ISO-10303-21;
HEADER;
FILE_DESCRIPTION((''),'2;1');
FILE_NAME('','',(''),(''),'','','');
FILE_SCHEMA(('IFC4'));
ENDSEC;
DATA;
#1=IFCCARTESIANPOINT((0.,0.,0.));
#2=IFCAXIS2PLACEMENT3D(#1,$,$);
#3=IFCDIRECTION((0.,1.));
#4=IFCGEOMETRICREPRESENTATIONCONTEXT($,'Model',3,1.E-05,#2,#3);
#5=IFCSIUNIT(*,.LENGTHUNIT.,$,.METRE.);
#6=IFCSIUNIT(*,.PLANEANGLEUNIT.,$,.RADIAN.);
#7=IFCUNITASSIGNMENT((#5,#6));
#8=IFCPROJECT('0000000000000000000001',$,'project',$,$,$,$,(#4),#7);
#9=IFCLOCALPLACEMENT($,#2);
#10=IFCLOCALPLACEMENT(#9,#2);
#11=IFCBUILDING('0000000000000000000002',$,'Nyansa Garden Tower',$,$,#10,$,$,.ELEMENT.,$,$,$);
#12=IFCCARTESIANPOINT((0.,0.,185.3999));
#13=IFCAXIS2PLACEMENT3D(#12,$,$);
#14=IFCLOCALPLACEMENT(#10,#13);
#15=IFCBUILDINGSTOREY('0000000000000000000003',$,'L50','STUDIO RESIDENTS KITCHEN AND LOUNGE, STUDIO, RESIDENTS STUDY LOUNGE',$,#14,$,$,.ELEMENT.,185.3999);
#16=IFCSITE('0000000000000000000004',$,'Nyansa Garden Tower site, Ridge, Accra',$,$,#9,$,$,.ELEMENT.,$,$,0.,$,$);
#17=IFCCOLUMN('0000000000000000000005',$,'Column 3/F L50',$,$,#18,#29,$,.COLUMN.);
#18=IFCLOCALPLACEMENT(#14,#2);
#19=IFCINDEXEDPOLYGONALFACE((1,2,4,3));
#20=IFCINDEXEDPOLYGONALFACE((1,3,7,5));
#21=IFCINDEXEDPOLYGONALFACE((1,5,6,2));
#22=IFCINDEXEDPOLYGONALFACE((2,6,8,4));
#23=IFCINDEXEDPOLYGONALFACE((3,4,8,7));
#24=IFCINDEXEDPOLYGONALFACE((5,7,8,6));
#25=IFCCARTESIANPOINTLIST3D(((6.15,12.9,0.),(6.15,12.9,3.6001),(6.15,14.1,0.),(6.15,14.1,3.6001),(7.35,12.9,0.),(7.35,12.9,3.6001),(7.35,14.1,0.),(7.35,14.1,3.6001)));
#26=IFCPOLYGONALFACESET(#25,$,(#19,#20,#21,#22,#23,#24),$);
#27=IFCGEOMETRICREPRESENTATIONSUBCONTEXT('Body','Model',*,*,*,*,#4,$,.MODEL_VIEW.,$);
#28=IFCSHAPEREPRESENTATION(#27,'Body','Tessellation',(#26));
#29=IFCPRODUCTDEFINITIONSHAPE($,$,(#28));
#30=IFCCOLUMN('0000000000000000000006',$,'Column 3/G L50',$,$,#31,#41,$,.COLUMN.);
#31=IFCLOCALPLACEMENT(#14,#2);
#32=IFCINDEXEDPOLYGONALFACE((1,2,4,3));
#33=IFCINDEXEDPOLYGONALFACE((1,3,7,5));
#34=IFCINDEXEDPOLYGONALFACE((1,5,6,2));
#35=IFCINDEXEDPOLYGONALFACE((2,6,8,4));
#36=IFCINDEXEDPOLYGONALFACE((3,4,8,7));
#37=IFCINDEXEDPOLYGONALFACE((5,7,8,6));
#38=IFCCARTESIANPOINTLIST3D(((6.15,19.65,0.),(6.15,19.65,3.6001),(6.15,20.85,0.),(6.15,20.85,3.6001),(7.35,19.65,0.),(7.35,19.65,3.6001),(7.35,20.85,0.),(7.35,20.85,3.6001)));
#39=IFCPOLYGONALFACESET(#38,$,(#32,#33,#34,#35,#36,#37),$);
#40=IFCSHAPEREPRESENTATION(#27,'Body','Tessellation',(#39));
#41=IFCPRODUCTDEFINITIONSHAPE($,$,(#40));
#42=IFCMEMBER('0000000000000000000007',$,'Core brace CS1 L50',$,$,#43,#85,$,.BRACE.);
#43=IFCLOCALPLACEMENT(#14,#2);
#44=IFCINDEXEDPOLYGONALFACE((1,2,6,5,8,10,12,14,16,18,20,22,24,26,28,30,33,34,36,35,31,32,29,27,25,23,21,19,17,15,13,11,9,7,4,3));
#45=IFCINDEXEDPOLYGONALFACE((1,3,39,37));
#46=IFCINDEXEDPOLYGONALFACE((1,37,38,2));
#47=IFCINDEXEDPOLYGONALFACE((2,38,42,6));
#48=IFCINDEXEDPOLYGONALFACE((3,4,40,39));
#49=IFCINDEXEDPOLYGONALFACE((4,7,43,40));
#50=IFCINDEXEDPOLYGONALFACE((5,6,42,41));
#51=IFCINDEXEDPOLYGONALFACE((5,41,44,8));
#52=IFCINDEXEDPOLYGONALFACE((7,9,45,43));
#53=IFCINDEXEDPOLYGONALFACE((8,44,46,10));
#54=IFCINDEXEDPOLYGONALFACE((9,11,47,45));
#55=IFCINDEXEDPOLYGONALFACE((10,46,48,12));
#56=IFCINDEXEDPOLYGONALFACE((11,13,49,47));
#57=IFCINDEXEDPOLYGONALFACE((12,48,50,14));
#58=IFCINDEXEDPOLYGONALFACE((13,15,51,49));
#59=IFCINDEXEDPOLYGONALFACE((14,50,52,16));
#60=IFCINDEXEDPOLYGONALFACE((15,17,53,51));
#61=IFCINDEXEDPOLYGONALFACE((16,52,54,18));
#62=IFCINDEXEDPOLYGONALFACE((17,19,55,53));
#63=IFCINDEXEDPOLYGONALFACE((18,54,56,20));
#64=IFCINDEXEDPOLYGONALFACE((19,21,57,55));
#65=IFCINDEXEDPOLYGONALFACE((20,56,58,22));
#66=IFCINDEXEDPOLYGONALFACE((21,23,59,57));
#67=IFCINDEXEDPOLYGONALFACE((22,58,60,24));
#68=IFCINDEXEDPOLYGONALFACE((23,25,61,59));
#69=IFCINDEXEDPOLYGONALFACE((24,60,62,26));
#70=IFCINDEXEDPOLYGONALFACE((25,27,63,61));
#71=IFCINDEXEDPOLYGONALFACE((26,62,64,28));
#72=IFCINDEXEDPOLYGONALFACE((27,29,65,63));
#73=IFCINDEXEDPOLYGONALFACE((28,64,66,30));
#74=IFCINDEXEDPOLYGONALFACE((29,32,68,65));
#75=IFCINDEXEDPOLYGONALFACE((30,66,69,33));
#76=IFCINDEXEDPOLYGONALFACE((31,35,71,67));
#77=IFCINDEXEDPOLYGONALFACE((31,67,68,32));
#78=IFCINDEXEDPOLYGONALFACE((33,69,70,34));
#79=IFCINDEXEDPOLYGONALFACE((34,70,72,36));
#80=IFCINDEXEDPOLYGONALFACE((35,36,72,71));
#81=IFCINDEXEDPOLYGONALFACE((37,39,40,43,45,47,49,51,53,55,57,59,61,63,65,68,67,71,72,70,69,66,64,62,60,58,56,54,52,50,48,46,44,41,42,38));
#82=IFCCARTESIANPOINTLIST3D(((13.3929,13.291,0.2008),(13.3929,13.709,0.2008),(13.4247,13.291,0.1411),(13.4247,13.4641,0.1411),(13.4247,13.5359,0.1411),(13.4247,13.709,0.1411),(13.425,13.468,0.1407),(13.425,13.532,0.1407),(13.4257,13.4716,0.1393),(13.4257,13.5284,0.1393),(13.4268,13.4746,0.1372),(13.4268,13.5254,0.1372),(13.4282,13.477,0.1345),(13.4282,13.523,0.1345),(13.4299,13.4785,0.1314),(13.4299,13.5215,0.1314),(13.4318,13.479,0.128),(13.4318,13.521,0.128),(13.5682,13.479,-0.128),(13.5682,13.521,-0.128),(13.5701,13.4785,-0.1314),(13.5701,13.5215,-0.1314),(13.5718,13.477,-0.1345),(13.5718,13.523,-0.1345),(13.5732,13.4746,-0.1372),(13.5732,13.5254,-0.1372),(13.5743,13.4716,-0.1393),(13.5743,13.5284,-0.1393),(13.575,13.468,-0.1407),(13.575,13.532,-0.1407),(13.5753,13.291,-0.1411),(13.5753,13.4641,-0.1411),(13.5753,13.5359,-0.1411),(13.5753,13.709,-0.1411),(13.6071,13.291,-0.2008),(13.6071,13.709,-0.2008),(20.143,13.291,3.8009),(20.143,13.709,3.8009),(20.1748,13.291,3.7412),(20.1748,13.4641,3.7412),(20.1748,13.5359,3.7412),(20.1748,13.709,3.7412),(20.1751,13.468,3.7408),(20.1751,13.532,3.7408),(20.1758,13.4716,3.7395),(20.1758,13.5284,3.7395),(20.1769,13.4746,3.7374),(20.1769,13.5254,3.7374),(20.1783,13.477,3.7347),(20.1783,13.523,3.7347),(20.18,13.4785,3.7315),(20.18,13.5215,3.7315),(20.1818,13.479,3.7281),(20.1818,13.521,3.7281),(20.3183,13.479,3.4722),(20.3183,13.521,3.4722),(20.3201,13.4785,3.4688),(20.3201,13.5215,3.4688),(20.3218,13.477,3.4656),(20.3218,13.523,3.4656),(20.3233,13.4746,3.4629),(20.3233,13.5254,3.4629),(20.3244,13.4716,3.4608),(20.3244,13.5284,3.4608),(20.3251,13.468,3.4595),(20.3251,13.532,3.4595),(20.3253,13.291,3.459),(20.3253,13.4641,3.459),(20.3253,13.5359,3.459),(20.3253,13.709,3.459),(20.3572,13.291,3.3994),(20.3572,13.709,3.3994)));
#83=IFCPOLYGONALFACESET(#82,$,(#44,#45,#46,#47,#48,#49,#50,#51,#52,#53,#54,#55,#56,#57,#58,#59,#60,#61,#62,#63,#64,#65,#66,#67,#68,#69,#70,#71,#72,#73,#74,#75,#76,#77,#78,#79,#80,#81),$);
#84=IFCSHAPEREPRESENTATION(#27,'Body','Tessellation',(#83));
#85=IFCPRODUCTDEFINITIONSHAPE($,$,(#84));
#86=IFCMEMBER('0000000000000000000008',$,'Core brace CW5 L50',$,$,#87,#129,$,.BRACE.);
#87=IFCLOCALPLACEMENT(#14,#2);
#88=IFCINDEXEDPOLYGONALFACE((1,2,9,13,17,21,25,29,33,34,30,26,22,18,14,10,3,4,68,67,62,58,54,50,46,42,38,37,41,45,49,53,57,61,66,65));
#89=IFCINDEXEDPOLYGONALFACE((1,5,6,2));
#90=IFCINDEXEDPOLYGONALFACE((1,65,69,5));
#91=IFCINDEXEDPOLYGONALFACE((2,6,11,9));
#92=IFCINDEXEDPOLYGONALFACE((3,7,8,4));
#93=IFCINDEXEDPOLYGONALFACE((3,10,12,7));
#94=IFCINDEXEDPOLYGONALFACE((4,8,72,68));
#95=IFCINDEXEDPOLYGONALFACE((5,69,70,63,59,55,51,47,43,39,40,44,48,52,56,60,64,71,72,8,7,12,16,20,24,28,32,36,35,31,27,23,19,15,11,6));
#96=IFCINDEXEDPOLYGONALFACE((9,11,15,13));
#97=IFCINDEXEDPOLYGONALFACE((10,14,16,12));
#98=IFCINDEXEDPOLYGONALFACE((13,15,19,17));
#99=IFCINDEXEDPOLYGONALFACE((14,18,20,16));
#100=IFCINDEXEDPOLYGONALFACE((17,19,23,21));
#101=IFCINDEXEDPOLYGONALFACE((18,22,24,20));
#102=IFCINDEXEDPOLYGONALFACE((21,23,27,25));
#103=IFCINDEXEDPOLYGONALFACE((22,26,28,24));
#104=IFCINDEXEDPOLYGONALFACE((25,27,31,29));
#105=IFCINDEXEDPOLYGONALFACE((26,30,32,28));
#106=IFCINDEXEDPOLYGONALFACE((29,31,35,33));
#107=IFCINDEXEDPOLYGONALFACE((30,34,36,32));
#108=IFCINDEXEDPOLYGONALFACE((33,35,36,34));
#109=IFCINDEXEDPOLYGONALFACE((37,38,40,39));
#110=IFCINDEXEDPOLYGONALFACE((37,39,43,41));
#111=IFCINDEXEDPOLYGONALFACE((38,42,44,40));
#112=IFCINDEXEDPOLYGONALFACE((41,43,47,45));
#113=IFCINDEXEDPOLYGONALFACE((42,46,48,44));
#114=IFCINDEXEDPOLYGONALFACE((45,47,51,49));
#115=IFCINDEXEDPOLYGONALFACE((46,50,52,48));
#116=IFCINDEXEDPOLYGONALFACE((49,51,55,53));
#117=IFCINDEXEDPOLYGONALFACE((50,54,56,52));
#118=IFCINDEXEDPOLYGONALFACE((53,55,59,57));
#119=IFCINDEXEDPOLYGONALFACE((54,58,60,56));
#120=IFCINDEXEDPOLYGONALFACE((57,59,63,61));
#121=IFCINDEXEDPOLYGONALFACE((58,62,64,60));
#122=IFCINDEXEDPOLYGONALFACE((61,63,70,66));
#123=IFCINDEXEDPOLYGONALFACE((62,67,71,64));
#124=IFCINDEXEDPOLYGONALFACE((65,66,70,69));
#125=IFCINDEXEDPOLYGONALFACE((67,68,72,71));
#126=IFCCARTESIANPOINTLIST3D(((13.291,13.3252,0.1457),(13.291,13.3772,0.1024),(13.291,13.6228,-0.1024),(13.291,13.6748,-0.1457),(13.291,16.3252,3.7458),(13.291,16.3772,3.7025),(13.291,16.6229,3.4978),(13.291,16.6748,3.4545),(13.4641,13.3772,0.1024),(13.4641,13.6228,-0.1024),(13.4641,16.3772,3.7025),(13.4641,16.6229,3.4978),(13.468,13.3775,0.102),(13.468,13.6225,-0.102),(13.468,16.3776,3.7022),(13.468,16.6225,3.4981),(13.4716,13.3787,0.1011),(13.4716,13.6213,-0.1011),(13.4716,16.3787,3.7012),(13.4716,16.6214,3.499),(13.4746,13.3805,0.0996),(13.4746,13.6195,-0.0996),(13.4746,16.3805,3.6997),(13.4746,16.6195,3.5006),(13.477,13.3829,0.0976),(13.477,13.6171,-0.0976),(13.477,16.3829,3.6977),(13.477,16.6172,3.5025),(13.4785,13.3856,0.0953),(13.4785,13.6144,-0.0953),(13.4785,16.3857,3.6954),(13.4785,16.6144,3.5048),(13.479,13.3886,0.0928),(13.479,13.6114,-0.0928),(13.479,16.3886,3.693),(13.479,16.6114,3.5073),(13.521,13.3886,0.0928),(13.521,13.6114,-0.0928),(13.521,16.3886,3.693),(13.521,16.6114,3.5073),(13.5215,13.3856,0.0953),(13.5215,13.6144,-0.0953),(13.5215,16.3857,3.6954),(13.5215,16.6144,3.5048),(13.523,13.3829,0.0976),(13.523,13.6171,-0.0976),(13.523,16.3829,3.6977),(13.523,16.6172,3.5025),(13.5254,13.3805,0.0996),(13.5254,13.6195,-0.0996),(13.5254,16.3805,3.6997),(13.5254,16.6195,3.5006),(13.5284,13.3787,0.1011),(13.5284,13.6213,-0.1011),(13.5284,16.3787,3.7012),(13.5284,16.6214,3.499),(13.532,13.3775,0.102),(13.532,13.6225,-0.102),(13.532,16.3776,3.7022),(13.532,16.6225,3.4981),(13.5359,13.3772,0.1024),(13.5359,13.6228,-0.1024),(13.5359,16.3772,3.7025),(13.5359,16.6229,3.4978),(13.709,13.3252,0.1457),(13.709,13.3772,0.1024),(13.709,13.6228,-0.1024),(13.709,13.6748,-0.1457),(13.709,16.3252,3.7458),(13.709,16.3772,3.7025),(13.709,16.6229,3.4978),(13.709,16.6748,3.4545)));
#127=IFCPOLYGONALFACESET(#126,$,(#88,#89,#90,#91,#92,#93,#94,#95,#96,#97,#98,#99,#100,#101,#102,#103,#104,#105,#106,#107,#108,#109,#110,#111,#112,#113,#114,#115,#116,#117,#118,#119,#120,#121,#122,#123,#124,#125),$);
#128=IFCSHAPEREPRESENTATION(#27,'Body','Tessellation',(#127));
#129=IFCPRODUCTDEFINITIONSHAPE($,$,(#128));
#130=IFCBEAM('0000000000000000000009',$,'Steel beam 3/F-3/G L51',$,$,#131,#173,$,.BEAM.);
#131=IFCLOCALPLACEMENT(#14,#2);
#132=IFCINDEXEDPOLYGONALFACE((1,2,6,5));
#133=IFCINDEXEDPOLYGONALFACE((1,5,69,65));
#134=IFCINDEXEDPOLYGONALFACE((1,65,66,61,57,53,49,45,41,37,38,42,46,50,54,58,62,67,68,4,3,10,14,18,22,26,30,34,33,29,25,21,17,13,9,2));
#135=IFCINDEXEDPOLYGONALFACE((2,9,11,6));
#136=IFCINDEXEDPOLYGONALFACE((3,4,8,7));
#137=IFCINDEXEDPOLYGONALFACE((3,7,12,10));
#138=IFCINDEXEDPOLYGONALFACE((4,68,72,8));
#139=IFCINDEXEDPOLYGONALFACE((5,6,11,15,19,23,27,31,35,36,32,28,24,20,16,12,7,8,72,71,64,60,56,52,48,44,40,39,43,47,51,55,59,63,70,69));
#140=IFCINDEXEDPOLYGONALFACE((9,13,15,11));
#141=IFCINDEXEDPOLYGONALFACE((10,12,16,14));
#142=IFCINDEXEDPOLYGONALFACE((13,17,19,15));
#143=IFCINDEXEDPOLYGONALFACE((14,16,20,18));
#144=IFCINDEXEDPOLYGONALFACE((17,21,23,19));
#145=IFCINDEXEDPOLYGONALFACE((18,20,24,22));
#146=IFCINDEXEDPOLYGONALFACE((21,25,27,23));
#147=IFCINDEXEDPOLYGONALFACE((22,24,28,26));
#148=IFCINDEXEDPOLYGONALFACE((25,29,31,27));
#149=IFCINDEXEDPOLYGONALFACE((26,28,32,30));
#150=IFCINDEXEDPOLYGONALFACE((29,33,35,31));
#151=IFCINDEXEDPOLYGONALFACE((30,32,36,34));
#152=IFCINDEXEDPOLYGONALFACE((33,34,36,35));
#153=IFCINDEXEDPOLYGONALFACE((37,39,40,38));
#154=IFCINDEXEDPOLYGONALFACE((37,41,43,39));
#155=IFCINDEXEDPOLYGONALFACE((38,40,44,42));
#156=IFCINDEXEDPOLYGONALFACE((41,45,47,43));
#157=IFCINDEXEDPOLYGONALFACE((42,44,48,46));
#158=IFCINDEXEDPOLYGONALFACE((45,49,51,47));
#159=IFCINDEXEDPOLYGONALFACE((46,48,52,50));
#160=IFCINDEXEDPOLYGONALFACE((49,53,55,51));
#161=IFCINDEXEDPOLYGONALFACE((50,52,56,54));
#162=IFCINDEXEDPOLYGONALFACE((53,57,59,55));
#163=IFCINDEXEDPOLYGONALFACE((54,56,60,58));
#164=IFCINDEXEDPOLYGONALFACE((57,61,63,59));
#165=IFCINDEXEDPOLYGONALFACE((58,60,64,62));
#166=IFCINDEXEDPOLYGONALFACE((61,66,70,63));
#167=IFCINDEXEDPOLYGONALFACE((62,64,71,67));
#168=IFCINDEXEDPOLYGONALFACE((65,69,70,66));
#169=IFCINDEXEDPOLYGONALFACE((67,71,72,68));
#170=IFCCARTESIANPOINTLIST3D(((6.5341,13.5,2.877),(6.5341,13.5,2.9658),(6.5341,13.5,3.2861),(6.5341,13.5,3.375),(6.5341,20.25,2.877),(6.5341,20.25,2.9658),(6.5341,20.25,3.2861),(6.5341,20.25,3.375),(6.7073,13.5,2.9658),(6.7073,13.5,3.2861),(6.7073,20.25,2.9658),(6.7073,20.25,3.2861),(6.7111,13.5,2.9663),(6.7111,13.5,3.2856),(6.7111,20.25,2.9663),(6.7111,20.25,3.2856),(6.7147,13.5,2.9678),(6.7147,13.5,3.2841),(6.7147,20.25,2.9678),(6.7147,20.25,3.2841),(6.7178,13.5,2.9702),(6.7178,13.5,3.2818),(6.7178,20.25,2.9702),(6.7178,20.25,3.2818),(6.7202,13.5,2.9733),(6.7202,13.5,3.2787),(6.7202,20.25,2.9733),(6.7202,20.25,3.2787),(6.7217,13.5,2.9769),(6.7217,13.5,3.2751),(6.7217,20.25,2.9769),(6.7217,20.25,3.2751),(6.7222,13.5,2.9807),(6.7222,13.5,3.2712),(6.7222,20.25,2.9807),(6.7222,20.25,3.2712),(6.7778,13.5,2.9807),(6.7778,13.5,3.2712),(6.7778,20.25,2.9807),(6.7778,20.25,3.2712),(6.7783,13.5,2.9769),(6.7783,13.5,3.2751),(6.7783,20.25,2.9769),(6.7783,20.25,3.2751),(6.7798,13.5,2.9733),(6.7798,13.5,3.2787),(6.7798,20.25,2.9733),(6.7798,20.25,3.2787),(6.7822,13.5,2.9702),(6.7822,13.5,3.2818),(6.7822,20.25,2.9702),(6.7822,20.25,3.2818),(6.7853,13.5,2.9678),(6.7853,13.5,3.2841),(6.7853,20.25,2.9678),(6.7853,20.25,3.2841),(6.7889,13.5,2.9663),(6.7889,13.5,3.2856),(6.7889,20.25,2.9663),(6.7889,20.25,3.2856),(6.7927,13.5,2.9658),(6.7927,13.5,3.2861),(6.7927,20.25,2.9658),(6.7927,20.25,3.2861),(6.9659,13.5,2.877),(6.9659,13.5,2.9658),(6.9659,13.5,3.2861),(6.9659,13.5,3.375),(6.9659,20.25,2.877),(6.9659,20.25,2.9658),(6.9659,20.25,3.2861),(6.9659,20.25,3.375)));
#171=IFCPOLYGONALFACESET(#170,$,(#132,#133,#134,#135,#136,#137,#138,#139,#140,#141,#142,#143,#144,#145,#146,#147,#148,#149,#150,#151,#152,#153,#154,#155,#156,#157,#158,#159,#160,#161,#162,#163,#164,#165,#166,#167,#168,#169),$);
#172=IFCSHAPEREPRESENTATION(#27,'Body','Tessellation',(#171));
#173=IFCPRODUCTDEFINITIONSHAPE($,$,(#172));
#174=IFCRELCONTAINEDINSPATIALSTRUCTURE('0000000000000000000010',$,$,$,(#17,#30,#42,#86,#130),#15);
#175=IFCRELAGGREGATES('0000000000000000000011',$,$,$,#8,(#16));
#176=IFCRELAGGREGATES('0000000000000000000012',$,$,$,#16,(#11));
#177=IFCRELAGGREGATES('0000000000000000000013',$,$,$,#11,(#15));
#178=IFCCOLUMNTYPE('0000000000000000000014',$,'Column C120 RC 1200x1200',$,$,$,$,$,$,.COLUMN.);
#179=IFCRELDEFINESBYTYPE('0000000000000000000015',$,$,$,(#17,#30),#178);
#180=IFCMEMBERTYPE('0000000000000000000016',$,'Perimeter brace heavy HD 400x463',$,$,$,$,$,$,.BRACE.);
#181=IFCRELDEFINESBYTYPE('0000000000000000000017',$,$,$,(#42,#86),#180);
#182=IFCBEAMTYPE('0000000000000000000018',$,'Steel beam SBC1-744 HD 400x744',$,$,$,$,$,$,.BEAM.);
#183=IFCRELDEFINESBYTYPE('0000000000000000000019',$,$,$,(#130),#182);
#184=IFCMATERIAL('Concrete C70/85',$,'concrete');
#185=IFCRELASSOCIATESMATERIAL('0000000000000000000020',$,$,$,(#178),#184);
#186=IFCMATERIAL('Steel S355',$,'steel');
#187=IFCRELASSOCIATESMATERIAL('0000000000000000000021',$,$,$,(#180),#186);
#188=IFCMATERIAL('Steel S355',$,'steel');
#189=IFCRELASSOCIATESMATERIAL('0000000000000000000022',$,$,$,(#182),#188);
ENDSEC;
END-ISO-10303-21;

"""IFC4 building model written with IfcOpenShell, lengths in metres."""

from ifc_helpers import new_model, si_unit, direction, frame, origin, origin_2d, place, context, subcontext, project, spatial, rectangle, i_section, extrude, material, material_profile, profile_set, type_object, element, save


model = new_model("IFC4")

# Units and contexts
model_context = context("Model", 3, precision=1e-05, world=origin(), true_north=direction((0.0, 1.0)))
body_context = subcontext(model_context, "Body", "Model", "MODEL_VIEW")
ifc_project = project(units=[si_unit("LENGTHUNIT", "METRE"), si_unit("PLANEANGLEUNIT", "RADIAN")], contexts=[model_context])

# Site, building, storey
site_placement = place(None, origin())
site = spatial("IfcSite", under=ifc_project, at=site_placement, Name="Nyansa Garden Tower site, Ridge, Accra", CompositionType="ELEMENT", RefElevation=0.0)
building_placement = place(site_placement, origin())
building = spatial("IfcBuilding", under=site, at=building_placement, Name="Nyansa Garden Tower", CompositionType="ELEMENT")
storey_placement = place(building_placement, frame((0.0, 0.0, 185.3999)))
storey = spatial("IfcBuildingStorey", under=building, at=storey_placement, Name="L50", Description="STUDIO RESIDENTS KITCHEN AND LOUNGE, STUDIO, RESIDENTS STUDY LOUNGE", CompositionType="ELEMENT", Elevation=185.3999)

# Columns
ifc_material_1 = material(Name="Concrete C70/85", Category="concrete")
ifc_material_profile_1 = material_profile(ifc_material_1, rectangle(XDim=1.2, YDim=1.2, at=origin_2d()), Name="RC 1200x1200")
ifc_profile_set_1 = profile_set([ifc_material_profile_1], Name="Concrete C70/85")
column_type = type_object("IfcColumnType", Name="Column C120 RC 1200x1200", PredefinedType="COLUMN", material=ifc_profile_set_1)
for number, where, z_axis, x_axis, name in (
    (1, (6.75, 13.5, 0.0), (0.0, 0.0, 1.0), (1.0, 0.0, 0.0), "Column 3/F L50"),
    (2, (6.75, 20.25, 0.0), (0.0, 0.0, 1.0), (1.0, 0.0, 0.0), "Column 3/G L50"),
):
    element("IfcColumn", number, at=place(storey_placement, frame(where, z_axis=z_axis, x_axis=x_axis)), inside=storey, type_object=column_type, Name=name, PredefinedType="COLUMN", context=body_context, shape_type="SweptSolid", body=[
        extrude(rectangle(XDim=1.2, YDim=1.2, at=origin_2d()), origin(), (0.0, 0.0, 1.0), 3.6001),
    ])

# Members
ifc_material_2 = material(Name="Steel S355", Category="steel")
ifc_material_profile_2 = material_profile(ifc_material_2, i_section(OverallWidth=0.418, OverallDepth=0.4551, WebThickness=0.042, FlangeThickness=0.0676, FilletRadius=0.0149, at=origin_2d()), Name="HD 400x463")
ifc_profile_set_2 = profile_set([ifc_material_profile_2], Name="Steel S355")
member_type = type_object("IfcMemberType", Name="Perimeter brace heavy HD 400x463", PredefinedType="BRACE", material=ifc_profile_set_2)
member_1_placement = place(storey_placement, frame((13.5, 13.5, 0.0), z_axis=(0.882348, 0.0, 0.470598), x_axis=(0.0, 1.0, 0.0)))
element("IfcMember", 3, at=member_1_placement, inside=storey, type_object=member_type, Name="Core brace CS1 L50", PredefinedType="BRACE", context=body_context, shape_type="SweptSolid", body=[
    extrude(i_section(OverallWidth=0.418, OverallDepth=0.4551, WebThickness=0.042, FlangeThickness=0.0676, FilletRadius=0.0149, at=origin_2d()), origin(), (0.0, 0.0, 1.0), 7.6501),
])
member_2_placement = place(storey_placement, frame((13.5, 13.5, 0.0), z_axis=(0.0, 0.640174, 0.76823), x_axis=(-1.0, 0.0, 0.0)))
element("IfcMember", 4, at=member_2_placement, inside=storey, type_object=member_type, Name="Core brace CW5 L50", PredefinedType="BRACE", context=body_context, shape_type="SweptSolid", body=[
    extrude(i_section(OverallWidth=0.418, OverallDepth=0.4551, WebThickness=0.042, FlangeThickness=0.0676, FilletRadius=0.0149, at=origin_2d()), origin(), (0.0, 0.0, 1.0), 4.6863),
])

# Beam
ifc_material_3 = material(Name="Steel S355", Category="steel")
ifc_material_profile_3 = material_profile(ifc_material_3, i_section(OverallWidth=0.4319, OverallDepth=0.498, WebThickness=0.0557, FlangeThickness=0.0889, FilletRadius=0.0149, at=origin_2d()), Name="HD 400x744")
ifc_profile_set_3 = profile_set([ifc_material_profile_3], Name="Steel S355")
beam_type_1 = type_object("IfcBeamType", Name="Steel beam SBC1-744 HD 400x744", PredefinedType="BEAM", material=ifc_profile_set_3)
for number, where, z_axis, x_axis, name in (
    (5, (6.75, 13.5, 3.126), (0.0, 1.0, 0.0), (-1.0, 0.0, 0.0), "Steel beam 3/F-3/G L51"),
):
    element("IfcBeam", number, at=place(storey_placement, frame(where, z_axis=z_axis, x_axis=x_axis)), inside=storey, type_object=beam_type_1, Name=name, PredefinedType="BEAM", context=body_context, shape_type="SweptSolid", body=[
        extrude(i_section(OverallWidth=0.4319, OverallDepth=0.498, WebThickness=0.0557, FlangeThickness=0.0889, FilletRadius=0.0149, at=origin_2d()), origin(), (0.0, 0.0, 1.0), 6.75),
    ])

save(model, "model.ifc")
